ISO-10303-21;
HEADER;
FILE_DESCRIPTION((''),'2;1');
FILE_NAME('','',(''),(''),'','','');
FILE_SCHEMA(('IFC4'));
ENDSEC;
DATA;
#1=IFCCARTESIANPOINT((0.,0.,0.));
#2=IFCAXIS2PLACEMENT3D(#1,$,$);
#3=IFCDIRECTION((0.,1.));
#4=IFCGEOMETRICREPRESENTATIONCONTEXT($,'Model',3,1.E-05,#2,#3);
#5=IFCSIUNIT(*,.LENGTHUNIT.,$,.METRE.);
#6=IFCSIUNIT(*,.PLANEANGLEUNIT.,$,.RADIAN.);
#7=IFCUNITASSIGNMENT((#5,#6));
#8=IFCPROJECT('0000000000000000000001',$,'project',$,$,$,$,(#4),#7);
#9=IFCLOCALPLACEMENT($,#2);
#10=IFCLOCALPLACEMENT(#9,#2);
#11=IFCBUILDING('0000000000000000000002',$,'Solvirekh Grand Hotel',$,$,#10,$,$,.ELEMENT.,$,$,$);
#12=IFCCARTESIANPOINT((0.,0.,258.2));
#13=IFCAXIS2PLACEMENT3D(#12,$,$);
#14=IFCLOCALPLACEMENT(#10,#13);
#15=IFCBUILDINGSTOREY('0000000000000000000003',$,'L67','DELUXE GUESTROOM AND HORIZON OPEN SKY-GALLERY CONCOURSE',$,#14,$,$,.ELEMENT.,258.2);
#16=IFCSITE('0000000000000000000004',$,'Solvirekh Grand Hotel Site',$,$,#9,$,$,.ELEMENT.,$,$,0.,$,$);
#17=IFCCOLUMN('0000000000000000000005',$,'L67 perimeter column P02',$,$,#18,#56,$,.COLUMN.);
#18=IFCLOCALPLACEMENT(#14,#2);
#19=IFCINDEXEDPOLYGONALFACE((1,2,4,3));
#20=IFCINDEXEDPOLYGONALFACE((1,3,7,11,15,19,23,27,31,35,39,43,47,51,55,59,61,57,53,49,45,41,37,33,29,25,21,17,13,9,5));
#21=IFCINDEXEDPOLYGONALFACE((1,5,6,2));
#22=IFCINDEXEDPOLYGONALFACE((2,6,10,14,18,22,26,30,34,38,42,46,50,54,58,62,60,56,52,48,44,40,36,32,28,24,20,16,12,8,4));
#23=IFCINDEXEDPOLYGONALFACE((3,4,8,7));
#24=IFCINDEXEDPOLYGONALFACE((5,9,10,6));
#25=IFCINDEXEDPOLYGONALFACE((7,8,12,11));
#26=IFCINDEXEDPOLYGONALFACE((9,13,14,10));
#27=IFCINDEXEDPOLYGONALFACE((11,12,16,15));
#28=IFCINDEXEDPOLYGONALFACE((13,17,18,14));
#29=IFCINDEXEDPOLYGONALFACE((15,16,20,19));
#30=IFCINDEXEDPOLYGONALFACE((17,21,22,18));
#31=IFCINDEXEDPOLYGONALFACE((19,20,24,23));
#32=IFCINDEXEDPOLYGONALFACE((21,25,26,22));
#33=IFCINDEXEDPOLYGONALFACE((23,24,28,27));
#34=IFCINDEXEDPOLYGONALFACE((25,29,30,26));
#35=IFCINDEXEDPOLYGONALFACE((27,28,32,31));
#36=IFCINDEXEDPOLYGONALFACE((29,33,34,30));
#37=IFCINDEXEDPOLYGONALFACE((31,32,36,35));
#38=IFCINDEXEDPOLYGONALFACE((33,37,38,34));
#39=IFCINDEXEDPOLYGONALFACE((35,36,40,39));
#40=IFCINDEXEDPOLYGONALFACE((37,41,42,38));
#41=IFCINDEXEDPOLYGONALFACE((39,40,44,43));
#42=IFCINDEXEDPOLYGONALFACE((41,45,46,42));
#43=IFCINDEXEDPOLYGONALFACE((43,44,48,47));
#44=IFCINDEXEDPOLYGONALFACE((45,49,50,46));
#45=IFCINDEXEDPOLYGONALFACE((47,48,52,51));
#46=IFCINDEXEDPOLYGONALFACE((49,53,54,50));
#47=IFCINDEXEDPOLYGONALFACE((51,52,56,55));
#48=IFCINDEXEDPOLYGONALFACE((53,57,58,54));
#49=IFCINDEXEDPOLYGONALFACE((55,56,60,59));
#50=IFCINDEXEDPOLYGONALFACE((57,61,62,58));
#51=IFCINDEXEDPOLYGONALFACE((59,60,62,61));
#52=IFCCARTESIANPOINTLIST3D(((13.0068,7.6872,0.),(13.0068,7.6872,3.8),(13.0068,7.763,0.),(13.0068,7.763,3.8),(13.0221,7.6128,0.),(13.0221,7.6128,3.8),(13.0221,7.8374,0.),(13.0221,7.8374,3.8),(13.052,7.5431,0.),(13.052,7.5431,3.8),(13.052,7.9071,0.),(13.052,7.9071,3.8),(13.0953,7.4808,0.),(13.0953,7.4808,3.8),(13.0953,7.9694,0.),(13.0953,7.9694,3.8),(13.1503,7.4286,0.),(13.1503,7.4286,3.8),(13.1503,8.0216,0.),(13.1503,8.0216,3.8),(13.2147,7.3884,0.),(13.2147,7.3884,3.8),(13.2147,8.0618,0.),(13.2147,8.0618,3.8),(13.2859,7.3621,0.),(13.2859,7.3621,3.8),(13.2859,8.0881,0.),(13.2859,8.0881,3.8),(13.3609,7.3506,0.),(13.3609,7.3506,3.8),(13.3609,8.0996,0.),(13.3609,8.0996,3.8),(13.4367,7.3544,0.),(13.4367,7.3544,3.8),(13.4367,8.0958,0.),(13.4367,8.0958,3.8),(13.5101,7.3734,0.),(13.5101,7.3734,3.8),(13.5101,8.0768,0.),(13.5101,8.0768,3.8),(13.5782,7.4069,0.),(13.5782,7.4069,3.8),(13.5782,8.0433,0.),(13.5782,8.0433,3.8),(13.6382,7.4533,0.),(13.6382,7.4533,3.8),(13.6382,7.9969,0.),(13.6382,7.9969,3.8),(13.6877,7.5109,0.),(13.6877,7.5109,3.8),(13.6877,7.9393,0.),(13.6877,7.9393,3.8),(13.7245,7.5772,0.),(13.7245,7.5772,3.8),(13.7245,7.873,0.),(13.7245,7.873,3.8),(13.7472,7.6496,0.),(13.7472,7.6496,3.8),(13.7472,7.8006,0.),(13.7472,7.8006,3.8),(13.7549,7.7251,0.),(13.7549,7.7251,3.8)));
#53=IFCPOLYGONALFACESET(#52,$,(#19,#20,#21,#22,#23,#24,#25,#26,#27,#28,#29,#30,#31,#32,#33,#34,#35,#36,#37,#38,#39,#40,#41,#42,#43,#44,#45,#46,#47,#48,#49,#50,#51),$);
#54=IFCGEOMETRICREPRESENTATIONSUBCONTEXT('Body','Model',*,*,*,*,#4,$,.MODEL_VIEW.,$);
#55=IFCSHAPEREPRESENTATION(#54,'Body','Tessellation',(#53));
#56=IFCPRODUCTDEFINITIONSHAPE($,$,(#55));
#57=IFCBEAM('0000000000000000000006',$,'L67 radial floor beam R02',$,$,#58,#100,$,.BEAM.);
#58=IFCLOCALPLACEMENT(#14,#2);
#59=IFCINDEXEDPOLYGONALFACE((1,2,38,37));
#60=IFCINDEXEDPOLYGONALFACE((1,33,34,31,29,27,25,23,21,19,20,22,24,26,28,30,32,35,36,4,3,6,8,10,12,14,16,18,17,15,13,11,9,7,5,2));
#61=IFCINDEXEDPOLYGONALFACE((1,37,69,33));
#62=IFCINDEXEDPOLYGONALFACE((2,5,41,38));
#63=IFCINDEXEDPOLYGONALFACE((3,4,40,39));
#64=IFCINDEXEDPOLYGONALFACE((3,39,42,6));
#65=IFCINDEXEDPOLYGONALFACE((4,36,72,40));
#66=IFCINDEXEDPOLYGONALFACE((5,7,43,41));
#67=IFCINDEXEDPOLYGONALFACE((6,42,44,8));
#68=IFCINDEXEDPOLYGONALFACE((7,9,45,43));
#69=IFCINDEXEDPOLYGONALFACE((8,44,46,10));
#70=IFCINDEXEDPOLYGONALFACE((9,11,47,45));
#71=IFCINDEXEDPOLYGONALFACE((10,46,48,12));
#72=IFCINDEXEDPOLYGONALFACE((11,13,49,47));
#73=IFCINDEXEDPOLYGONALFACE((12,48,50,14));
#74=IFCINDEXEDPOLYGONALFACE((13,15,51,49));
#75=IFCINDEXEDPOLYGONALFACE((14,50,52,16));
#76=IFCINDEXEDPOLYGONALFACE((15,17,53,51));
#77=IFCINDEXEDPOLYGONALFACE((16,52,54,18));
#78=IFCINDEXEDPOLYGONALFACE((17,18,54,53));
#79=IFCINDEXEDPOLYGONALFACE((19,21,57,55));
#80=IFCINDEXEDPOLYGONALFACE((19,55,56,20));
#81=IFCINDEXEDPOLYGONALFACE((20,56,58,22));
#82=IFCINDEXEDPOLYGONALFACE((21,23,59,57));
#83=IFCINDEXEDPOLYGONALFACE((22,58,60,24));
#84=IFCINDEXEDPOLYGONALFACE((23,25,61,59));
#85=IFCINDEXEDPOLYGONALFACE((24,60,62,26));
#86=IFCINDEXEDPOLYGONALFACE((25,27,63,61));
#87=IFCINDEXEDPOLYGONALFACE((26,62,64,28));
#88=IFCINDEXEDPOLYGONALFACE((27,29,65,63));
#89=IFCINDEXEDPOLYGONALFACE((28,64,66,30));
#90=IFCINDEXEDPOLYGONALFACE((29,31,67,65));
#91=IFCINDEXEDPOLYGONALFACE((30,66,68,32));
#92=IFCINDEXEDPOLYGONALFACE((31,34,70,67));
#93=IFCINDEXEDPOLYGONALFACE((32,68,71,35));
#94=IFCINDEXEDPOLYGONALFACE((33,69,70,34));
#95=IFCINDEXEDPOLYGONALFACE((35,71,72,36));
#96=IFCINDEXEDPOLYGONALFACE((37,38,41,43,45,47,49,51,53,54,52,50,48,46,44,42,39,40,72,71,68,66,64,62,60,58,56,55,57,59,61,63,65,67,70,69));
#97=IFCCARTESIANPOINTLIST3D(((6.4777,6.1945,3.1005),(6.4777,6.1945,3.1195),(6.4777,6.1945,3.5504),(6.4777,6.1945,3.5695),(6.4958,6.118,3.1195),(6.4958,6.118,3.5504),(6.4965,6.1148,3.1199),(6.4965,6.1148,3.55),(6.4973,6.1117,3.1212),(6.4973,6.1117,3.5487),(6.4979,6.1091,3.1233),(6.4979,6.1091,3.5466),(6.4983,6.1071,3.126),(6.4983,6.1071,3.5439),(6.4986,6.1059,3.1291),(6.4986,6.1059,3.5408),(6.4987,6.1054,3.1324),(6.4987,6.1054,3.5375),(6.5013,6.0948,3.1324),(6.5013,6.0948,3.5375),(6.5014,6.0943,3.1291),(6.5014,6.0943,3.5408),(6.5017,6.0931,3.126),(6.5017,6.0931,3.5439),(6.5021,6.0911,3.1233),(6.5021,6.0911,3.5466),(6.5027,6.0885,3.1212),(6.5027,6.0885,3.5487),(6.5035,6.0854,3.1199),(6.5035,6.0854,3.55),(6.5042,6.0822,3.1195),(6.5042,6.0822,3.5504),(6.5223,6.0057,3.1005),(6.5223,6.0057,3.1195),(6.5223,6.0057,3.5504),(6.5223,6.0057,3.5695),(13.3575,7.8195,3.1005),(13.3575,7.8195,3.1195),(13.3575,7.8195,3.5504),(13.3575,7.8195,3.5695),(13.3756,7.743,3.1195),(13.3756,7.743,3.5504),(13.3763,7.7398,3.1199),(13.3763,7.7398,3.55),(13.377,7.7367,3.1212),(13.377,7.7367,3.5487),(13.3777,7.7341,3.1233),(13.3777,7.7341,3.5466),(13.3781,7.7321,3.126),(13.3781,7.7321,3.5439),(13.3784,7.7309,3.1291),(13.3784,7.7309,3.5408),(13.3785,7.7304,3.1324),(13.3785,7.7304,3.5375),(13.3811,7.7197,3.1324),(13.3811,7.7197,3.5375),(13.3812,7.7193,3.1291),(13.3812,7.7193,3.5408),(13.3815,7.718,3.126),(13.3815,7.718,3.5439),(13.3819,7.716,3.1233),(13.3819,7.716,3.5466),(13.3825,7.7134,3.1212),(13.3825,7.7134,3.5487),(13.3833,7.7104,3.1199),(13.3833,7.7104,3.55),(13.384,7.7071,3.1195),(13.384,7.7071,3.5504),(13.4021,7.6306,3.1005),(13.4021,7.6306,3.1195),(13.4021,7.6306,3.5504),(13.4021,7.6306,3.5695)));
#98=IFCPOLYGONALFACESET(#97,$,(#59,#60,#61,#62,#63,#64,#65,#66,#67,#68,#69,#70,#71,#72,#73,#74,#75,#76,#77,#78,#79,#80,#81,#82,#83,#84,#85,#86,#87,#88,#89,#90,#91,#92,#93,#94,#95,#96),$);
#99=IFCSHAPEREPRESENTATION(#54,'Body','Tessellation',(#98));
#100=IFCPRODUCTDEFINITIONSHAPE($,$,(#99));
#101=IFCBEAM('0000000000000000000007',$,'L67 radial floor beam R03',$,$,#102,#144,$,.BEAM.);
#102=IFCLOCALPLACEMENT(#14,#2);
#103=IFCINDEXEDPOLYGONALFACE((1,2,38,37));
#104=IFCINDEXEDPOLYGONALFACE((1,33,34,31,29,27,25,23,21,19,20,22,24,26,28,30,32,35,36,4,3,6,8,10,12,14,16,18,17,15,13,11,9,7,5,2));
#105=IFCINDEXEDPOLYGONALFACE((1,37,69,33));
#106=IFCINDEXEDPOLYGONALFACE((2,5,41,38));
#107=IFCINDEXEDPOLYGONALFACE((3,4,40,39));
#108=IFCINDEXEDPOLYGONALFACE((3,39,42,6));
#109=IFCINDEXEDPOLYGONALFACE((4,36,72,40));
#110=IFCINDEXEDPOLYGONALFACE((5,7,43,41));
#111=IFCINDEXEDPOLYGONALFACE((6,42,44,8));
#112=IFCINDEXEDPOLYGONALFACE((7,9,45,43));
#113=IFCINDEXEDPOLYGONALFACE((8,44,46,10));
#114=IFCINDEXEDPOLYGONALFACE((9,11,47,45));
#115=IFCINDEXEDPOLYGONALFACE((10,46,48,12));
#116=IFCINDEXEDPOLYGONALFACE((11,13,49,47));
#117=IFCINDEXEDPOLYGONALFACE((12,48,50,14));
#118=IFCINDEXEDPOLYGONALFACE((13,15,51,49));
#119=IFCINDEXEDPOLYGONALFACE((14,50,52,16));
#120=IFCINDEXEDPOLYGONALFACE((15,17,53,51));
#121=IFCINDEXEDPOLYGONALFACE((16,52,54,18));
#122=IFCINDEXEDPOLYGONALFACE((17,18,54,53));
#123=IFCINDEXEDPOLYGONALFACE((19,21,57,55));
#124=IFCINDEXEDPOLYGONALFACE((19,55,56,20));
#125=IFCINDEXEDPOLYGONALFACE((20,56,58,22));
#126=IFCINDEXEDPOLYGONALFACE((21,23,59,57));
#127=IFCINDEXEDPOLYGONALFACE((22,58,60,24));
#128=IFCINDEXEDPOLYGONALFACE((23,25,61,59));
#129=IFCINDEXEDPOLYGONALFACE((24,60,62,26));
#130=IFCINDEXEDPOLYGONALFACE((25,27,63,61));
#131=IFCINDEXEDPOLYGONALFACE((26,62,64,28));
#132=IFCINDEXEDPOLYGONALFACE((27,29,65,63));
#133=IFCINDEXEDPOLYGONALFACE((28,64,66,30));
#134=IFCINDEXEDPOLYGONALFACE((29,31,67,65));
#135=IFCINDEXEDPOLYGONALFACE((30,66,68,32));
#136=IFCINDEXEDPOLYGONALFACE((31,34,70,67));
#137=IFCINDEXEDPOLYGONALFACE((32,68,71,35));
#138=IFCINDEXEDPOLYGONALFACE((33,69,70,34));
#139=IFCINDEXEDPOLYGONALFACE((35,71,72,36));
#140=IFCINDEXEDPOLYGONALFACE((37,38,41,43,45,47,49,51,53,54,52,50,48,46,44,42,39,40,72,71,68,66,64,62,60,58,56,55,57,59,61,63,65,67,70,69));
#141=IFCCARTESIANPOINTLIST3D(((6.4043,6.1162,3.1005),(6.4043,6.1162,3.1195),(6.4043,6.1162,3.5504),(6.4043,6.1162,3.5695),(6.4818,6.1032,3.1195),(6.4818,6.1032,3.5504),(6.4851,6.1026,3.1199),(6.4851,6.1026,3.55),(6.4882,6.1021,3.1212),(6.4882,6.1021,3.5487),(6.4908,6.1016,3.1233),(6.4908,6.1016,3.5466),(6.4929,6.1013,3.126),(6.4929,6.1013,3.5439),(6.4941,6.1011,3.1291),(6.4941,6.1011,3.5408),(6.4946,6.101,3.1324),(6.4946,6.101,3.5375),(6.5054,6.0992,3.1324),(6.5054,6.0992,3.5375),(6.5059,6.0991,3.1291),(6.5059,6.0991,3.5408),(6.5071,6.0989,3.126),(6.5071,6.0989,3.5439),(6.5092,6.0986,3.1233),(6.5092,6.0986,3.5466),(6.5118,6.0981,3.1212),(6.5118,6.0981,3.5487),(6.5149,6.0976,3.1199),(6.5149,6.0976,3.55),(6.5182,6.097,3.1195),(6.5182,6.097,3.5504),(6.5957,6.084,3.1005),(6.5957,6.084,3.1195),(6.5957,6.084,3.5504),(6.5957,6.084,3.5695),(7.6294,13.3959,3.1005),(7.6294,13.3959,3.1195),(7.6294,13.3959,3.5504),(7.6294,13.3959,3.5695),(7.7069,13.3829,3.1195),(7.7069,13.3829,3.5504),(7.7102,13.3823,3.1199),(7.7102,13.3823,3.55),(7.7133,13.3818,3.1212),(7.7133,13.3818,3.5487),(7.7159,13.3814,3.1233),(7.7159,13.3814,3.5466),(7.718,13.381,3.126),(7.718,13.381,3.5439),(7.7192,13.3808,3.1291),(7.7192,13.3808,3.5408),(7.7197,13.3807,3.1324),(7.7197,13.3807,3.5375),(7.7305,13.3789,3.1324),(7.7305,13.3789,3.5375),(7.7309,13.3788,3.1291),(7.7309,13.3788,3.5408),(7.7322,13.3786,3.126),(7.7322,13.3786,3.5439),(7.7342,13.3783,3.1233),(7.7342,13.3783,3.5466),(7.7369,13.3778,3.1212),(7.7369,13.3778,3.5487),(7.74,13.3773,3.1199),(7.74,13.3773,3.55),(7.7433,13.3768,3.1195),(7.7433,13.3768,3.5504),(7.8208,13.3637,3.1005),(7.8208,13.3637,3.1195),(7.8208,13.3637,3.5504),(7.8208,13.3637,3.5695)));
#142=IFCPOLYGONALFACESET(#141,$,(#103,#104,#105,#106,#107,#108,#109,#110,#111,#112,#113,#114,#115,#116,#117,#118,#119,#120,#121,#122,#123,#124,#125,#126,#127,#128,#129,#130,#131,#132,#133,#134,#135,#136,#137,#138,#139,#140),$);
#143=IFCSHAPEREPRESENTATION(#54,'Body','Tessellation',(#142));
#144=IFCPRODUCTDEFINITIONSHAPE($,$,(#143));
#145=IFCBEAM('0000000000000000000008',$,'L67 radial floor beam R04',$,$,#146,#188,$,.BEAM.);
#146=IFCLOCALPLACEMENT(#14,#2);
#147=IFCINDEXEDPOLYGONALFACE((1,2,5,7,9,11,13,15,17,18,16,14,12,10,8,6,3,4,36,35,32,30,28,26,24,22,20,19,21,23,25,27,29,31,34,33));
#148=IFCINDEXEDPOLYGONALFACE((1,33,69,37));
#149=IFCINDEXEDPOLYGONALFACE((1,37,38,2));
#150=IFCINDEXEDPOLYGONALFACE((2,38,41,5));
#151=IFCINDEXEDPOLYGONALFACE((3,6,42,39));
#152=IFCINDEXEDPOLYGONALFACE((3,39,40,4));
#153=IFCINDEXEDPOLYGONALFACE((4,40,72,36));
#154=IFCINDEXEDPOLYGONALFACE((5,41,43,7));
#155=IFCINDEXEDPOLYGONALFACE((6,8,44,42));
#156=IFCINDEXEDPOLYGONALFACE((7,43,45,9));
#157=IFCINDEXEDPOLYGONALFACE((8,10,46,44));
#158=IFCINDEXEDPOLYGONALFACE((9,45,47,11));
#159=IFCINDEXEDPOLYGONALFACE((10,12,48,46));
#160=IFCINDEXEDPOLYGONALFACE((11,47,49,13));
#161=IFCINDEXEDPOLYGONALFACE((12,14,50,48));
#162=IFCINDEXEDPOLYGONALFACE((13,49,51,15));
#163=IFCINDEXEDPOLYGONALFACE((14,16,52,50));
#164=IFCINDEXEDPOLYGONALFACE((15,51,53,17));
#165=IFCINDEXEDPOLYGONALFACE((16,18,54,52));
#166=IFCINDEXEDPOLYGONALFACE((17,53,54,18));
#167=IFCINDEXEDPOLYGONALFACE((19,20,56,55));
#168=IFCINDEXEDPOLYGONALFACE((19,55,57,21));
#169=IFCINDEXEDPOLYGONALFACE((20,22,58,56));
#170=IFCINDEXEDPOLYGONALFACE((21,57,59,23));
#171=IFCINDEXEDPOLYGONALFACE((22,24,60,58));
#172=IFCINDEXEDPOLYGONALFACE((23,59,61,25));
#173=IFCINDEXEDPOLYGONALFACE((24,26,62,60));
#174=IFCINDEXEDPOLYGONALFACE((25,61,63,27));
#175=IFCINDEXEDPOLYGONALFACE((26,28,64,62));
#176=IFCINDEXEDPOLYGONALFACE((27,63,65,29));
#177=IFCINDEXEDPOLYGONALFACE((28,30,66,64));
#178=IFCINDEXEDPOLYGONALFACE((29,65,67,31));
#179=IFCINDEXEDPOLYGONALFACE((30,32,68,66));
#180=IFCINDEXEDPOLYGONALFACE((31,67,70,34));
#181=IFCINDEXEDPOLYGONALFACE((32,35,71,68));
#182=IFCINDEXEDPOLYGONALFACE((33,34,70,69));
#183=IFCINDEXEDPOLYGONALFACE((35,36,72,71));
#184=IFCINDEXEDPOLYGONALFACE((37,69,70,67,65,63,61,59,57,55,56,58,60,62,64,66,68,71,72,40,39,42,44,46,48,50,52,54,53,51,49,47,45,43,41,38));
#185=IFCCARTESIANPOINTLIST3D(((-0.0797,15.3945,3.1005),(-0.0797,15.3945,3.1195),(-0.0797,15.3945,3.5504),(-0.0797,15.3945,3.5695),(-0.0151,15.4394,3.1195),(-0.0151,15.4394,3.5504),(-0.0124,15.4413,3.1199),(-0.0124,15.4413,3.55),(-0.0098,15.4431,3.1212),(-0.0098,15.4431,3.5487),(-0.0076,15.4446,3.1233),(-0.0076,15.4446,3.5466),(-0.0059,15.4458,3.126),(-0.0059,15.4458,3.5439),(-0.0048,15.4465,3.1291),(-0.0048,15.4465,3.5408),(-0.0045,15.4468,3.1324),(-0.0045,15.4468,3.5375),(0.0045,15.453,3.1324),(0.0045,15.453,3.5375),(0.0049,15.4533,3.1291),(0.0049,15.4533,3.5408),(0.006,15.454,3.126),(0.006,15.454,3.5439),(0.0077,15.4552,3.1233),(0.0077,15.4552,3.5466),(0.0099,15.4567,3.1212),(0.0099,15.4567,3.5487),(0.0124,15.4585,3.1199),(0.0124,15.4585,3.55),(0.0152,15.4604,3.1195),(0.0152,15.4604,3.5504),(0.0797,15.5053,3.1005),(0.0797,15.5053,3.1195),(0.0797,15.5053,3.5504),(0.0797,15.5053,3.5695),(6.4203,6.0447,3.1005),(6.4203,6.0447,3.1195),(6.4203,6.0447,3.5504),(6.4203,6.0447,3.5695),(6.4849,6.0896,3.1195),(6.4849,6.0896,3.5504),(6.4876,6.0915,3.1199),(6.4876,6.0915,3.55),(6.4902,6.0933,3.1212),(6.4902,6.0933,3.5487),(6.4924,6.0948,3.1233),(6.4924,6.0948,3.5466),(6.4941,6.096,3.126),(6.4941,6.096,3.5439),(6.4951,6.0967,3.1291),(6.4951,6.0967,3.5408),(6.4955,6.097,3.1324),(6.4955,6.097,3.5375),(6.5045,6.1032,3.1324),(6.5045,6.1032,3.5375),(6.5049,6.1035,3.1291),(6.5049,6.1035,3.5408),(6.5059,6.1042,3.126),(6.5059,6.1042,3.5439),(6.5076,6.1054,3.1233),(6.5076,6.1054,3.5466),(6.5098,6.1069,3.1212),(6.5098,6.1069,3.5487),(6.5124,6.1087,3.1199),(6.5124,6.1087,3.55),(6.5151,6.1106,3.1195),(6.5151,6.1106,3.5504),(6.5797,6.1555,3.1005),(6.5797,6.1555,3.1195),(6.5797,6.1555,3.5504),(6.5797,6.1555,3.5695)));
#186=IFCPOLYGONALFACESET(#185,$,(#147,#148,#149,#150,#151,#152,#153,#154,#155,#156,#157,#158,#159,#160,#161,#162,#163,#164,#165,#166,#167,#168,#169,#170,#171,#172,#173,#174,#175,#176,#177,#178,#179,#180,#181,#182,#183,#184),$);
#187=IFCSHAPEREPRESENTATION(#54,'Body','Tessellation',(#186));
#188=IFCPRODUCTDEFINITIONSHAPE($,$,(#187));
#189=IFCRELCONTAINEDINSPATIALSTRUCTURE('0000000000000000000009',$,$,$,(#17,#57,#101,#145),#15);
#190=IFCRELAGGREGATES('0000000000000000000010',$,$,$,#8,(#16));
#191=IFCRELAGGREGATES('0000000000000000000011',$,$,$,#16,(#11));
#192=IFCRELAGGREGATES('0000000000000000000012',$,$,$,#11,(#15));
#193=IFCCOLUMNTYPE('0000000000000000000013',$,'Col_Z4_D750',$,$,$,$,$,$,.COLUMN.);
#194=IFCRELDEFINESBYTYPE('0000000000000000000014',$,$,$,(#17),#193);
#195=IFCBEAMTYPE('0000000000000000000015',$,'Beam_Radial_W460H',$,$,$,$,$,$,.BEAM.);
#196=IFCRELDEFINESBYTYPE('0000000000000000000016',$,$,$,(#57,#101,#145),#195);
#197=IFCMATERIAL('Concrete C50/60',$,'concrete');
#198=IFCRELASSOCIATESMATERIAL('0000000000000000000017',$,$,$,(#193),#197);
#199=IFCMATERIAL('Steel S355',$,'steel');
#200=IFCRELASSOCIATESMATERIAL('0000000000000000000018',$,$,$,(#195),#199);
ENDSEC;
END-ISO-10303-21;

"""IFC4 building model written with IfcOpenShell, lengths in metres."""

from ifc_helpers import new_model, si_unit, direction, frame, origin, origin_2d, place, context, subcontext, project, spatial, circle, i_section, extrude, material, material_profile, profile_set, type_object, element, save


model = new_model("IFC4")

# Units and contexts
model_context = context("Model", 3, precision=1e-05, world=origin(), true_north=direction((0.0, 1.0)))
body_context = subcontext(model_context, "Body", "Model", "MODEL_VIEW")
ifc_project = project(units=[si_unit("LENGTHUNIT", "METRE"), si_unit("PLANEANGLEUNIT", "RADIAN")], contexts=[model_context])

# Site, building, storey
site_placement = place(None, origin())
site = spatial("IfcSite", under=ifc_project, at=site_placement, Name="Solvirekh Grand Hotel Site", CompositionType="ELEMENT", RefElevation=0.0)
building_placement = place(site_placement, origin())
building = spatial("IfcBuilding", under=site, at=building_placement, Name="Solvirekh Grand Hotel", CompositionType="ELEMENT")
storey_placement = place(building_placement, frame((0.0, 0.0, 258.2)))
storey = spatial("IfcBuildingStorey", under=building, at=storey_placement, Name="L67", Description="DELUXE GUESTROOM AND HORIZON OPEN SKY-GALLERY CONCOURSE", CompositionType="ELEMENT", Elevation=258.2)

# Column
ifc_material_1 = material(Name="Concrete C50/60", Category="concrete")
ifc_material_profile_1 = material_profile(ifc_material_1, circle(Radius=0.375, at=origin_2d()), Name="RC CIRC D750")
ifc_profile_set_1 = profile_set([ifc_material_profile_1], Name="Concrete C50/60")
column_type = type_object("IfcColumnType", Name="Col_Z4_D750", PredefinedType="COLUMN", material=ifc_profile_set_1)
column_placement = place(storey_placement, frame((13.3799, 7.7251, 0.0), z_axis=(0.0, 0.0, 1.0), x_axis=(1.0, 0.0, 0.0)))
element("IfcColumn", 1, at=column_placement, inside=storey, type_object=column_type, Name="L67 perimeter column P02", PredefinedType="COLUMN", context=body_context, shape_type="SweptSolid", body=[
    extrude(circle(Radius=0.375, at=origin_2d()), origin(), (0.0, 0.0, 1.0), 3.8),
])

# Beams
ifc_material_2 = material(Name="Steel S355", Category="steel")
ifc_material_profile_2 = material_profile(ifc_material_2, i_section(OverallWidth=0.1941, OverallDepth=0.469, WebThickness=0.011, FlangeThickness=0.019, FilletRadius=0.0129, at=origin_2d()), Name="W460X106")
ifc_profile_set_2 = profile_set([ifc_material_profile_2], Name="Steel S355")
beam_type = type_object("IfcBeamType", Name="Beam_Radial_W460H", PredefinedType="BEAM", material=ifc_profile_set_2)
beam_1_placement = place(storey_placement, frame((6.5, 6.1001, 3.335), z_axis=(0.973221, 0.229871, 0.0), x_axis=(-0.229871, 0.973221, 0.0)))
element("IfcBeam", 2, at=beam_1_placement, inside=storey, type_object=beam_type, Name="L67 radial floor beam R02", PredefinedType="BEAM", context=body_context, shape_type="SweptSolid", body=[
    extrude(i_section(OverallWidth=0.1941, OverallDepth=0.469, WebThickness=0.011, FlangeThickness=0.019, FilletRadius=0.0129, at=origin_2d()), origin(), (0.0, 0.0, 1.0), 7.0691),
])
beam_2_placement = place(storey_placement, frame((6.5, 6.1001, 3.335), z_axis=(0.165954, 0.986133, 0.0), x_axis=(-0.986133, 0.165954, 0.0)))
element("IfcBeam", 3, at=beam_2_placement, inside=storey, type_object=beam_type, Name="L67 radial floor beam R03", PredefinedType="BEAM", context=body_context, shape_type="SweptSolid", body=[
    extrude(i_section(OverallWidth=0.1941, OverallDepth=0.469, WebThickness=0.011, FlangeThickness=0.019, FilletRadius=0.0129, at=origin_2d()), origin(), (0.0, 0.0, 1.0), 7.3821),
])
beam_3_placement = place(storey_placement, frame((6.5, 6.1001, 3.335), z_axis=(-0.570813, 0.82108, 0.0), x_axis=(-0.82108, -0.570813, 0.0)))
element("IfcBeam", 4, at=beam_3_placement, inside=storey, type_object=beam_type, Name="L67 radial floor beam R04", PredefinedType="BEAM", context=body_context, shape_type="SweptSolid", body=[
    extrude(i_section(OverallWidth=0.1941, OverallDepth=0.469, WebThickness=0.011, FlangeThickness=0.019, FilletRadius=0.0129, at=origin_2d()), origin(), (0.0, 0.0, 1.0), 11.3872),
])

save(model, "model.ifc")
